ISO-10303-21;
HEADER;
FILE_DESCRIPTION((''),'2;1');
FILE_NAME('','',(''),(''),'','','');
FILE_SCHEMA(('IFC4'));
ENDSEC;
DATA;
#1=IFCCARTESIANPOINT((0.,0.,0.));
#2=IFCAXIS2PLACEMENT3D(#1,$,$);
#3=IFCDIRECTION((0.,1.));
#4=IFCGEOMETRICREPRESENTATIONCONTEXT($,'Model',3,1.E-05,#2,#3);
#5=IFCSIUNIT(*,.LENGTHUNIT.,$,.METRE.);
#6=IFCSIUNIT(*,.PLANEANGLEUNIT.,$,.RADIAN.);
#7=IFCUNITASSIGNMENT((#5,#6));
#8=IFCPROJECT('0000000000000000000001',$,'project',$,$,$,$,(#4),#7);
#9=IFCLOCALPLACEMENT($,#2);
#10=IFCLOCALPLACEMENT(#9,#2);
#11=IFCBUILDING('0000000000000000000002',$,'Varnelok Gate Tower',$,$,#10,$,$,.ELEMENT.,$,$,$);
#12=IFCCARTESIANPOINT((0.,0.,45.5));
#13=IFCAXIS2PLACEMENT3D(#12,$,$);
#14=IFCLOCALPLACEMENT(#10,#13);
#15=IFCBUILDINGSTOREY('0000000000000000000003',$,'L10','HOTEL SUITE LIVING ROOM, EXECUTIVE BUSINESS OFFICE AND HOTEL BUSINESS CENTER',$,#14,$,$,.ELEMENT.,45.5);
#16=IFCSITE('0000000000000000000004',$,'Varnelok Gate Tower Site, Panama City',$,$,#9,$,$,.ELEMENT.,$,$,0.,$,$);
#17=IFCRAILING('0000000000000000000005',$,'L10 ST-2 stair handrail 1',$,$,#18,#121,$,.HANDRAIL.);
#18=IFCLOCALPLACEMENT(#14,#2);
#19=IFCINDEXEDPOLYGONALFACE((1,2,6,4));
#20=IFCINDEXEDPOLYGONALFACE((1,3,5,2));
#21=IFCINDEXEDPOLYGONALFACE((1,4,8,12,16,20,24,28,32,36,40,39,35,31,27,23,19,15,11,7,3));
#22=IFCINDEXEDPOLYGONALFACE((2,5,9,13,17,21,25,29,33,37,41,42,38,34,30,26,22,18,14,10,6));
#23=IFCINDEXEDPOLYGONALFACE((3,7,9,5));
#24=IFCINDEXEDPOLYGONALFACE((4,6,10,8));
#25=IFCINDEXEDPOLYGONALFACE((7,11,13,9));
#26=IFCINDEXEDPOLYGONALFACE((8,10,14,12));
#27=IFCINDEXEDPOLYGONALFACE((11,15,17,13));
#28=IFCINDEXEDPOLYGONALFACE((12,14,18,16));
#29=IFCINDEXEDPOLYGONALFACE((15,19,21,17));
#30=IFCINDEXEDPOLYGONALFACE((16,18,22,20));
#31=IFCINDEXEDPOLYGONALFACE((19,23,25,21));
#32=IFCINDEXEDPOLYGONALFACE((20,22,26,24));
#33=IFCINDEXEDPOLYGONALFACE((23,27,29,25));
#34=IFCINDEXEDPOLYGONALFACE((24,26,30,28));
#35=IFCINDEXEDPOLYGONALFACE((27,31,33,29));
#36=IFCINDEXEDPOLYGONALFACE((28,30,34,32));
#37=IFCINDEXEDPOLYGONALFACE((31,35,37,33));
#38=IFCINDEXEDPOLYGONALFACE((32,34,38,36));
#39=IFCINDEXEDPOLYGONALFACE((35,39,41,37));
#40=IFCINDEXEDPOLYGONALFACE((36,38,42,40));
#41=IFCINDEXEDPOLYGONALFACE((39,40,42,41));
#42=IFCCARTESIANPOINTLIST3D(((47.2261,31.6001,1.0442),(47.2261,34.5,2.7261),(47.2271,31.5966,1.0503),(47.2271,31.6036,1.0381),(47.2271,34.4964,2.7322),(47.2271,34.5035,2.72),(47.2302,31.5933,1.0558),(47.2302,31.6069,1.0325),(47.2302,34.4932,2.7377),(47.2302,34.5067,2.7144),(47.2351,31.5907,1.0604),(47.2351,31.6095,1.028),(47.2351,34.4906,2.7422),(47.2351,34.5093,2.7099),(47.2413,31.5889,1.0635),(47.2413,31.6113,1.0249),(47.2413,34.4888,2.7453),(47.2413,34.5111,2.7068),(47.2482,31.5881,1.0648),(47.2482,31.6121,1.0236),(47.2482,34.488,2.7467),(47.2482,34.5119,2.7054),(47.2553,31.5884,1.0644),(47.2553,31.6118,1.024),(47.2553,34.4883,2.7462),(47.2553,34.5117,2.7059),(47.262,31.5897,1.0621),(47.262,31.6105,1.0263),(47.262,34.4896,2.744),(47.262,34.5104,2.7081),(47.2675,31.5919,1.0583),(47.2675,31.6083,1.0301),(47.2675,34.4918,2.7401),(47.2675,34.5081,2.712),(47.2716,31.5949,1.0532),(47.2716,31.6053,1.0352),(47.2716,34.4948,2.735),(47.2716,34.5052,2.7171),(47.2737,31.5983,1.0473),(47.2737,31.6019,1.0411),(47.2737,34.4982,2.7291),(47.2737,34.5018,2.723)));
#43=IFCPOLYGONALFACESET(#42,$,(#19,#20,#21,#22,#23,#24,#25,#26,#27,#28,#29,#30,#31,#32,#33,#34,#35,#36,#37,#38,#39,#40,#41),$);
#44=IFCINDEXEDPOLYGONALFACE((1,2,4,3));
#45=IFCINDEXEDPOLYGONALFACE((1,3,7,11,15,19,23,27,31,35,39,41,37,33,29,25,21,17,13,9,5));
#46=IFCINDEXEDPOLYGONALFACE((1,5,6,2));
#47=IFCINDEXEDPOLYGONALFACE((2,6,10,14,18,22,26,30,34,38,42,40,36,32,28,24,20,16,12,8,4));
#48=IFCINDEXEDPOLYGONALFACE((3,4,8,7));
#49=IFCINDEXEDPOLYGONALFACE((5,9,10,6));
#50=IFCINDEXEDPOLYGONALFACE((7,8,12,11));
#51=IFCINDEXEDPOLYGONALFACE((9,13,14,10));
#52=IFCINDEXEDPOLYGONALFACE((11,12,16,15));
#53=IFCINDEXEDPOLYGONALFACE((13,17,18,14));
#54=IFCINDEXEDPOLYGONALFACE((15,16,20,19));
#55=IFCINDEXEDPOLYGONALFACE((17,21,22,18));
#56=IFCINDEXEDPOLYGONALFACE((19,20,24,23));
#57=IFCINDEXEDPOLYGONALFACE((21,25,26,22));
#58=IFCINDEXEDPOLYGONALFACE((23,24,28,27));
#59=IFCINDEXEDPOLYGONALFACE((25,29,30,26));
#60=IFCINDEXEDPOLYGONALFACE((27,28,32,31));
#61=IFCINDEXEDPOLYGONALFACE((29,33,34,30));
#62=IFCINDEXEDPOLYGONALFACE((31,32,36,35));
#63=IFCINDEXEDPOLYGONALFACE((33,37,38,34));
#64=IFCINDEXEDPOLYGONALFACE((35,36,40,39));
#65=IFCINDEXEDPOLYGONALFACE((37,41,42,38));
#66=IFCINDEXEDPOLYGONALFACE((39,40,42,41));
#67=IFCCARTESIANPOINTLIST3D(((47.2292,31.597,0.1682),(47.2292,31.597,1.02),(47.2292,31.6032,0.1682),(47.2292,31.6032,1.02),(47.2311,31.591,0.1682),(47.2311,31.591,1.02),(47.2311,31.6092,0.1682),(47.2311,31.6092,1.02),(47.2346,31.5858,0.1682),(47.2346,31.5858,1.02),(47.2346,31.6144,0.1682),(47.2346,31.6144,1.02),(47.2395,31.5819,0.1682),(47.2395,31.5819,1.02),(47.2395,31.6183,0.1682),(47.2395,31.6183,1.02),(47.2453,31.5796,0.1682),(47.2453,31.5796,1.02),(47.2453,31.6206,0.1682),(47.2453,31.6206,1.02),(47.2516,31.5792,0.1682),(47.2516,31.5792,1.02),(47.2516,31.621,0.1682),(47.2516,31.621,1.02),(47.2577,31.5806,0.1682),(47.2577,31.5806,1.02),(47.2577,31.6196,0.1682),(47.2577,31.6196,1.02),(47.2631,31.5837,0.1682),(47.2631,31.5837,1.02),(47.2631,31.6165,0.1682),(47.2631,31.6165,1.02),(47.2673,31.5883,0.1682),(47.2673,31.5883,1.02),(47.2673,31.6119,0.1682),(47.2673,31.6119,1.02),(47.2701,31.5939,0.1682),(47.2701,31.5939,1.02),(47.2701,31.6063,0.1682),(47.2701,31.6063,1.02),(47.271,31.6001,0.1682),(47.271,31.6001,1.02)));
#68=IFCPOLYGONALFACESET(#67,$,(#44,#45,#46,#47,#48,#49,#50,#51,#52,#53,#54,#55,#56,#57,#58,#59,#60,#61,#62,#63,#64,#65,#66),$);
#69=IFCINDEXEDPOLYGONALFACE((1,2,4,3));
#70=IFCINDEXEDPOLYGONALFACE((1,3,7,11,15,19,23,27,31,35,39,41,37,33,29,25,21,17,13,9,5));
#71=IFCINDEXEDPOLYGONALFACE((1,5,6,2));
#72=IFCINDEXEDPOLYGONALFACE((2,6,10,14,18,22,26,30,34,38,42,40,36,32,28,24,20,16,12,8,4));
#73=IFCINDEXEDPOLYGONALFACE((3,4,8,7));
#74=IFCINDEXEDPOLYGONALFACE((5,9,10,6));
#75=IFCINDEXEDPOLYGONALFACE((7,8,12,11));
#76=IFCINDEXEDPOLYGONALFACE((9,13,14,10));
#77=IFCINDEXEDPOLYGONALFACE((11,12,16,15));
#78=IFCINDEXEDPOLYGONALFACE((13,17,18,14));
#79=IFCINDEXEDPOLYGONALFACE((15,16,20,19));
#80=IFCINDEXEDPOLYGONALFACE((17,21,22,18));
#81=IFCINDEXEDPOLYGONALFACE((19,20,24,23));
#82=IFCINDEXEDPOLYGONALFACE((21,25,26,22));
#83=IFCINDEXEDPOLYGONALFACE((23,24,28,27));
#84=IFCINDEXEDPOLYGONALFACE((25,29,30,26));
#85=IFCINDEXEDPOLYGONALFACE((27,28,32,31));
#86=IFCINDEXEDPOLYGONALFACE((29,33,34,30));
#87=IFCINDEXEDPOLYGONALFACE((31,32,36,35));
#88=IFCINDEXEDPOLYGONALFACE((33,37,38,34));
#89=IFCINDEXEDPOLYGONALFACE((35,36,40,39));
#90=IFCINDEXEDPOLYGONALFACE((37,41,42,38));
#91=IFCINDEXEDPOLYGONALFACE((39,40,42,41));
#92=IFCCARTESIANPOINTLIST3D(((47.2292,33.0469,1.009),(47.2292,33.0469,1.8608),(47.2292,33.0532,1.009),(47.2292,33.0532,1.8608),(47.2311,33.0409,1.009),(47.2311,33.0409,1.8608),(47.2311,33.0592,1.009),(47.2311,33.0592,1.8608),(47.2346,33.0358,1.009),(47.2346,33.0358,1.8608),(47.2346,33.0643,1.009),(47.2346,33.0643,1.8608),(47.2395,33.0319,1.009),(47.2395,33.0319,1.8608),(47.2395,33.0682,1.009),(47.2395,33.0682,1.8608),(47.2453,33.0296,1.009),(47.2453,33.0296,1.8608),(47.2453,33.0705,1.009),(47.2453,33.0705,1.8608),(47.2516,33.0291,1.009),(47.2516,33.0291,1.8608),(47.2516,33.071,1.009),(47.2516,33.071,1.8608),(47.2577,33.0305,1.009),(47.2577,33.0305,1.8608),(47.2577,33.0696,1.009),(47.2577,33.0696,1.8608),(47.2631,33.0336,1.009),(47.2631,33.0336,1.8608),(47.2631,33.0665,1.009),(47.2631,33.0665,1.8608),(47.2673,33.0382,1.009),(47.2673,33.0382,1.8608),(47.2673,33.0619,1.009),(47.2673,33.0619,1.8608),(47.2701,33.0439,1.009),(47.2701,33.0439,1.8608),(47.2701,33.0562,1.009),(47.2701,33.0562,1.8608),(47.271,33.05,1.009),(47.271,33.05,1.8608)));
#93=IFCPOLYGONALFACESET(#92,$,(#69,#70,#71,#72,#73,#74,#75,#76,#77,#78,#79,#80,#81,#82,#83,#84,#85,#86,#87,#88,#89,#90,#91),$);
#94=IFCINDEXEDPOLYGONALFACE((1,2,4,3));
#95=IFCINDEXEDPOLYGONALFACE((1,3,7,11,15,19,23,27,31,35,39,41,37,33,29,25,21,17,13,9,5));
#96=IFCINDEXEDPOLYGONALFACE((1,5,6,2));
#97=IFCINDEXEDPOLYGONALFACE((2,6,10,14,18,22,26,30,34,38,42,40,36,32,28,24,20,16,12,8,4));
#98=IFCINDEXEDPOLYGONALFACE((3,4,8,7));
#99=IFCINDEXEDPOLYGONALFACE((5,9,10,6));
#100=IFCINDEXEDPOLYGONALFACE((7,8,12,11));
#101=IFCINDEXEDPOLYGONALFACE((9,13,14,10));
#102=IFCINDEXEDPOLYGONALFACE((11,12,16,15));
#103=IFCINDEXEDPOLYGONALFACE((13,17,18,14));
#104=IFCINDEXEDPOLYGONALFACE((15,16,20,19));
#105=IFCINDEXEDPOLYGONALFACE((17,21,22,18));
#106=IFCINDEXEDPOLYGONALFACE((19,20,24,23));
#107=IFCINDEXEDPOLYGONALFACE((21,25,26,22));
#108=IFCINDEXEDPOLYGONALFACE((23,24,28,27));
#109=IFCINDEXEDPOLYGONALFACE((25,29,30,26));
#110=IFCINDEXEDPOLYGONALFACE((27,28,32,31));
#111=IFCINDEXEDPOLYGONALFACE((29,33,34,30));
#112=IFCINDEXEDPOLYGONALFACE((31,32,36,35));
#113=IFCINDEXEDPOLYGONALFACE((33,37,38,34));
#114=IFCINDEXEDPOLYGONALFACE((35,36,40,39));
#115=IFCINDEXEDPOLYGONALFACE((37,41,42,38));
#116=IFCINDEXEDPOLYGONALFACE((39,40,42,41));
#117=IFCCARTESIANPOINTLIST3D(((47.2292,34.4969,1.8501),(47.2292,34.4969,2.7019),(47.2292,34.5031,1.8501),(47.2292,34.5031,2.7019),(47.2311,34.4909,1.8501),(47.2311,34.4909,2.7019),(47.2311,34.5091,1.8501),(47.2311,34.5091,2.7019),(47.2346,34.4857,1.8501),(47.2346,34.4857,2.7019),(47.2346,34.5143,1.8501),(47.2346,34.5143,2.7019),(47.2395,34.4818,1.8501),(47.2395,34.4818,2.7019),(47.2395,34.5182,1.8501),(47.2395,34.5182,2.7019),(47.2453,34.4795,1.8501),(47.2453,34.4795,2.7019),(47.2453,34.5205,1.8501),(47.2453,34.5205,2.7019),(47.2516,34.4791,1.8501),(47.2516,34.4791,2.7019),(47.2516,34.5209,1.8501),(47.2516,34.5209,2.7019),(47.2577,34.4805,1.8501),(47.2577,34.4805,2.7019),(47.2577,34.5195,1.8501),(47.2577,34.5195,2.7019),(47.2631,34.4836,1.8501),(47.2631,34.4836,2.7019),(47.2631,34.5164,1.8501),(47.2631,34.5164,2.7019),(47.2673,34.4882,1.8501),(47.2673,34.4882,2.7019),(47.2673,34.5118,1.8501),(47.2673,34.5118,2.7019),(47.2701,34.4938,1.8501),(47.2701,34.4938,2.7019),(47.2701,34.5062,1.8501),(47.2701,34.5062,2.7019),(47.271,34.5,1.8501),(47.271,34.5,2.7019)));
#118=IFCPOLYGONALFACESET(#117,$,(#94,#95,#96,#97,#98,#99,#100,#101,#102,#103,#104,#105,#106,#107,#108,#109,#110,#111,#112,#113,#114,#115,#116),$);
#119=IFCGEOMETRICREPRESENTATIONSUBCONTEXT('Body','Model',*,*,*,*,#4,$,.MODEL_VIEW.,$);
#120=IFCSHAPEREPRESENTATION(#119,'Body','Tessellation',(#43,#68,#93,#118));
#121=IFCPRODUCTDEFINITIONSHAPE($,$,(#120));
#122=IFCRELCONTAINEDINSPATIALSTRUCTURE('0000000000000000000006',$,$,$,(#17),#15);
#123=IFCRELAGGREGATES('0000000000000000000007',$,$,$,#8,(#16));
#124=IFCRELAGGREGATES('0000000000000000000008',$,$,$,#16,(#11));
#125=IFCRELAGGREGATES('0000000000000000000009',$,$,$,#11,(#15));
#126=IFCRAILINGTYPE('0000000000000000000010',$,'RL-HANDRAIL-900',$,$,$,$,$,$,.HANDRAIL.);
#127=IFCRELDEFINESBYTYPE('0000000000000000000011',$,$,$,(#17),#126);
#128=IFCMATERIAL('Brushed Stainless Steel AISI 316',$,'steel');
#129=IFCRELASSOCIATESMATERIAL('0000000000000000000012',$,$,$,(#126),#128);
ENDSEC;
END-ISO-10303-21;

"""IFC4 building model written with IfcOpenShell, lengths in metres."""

from ifc_helpers import new_model, si_unit, direction, frame, origin, origin_2d, place, context, subcontext, project, spatial, circle, extrude, material, type_object, element, save


model = new_model("IFC4")

# Units and contexts
model_context = context("Model", 3, precision=1e-05, world=origin(), true_north=direction((0.0, 1.0)))
body_context = subcontext(model_context, "Body", "Model", "MODEL_VIEW")
ifc_project = project(units=[si_unit("LENGTHUNIT", "METRE"), si_unit("PLANEANGLEUNIT", "RADIAN")], contexts=[model_context])

# Site, building, storey
site_placement = place(None, origin())
site = spatial("IfcSite", under=ifc_project, at=site_placement, Name="Varnelok Gate Tower Site, Panama City", CompositionType="ELEMENT", RefElevation=0.0)
building_placement = place(site_placement, origin())
building = spatial("IfcBuilding", under=site, at=building_placement, Name="Varnelok Gate Tower", CompositionType="ELEMENT")
storey_placement = place(building_placement, frame((0.0, 0.0, 45.5)))
storey = spatial("IfcBuildingStorey", under=building, at=storey_placement, Name="L10", Description="HOTEL SUITE LIVING ROOM, EXECUTIVE BUSINESS OFFICE AND HOTEL BUSINESS CENTER", CompositionType="ELEMENT", Elevation=45.5)

# Railing
ifc_material_1 = material(Name="Brushed Stainless Steel AISI 316", Category="steel")
railing_type = type_object("IfcRailingType", Name="RL-HANDRAIL-900", PredefinedType="HANDRAIL", material=ifc_material_1)
railing_placement = place(storey_placement, frame((47.25, 31.6001, 0.1682)))
element("IfcRailing", 1, at=railing_placement, inside=storey, type_object=railing_type, Name="L10 ST-2 stair handrail 1", PredefinedType="HANDRAIL", context=body_context, shape_type="SweptSolid", body=[
    extrude(circle(Radius=0.0239, at=origin_2d()), frame((0.0, 0.0, 0.876), z_axis=(0.0, 0.865039, 0.501705), x_axis=(-1.0, 0.0, 0.0)), (0.0, 0.0, 1.0), 3.3523),
    extrude(circle(Radius=0.021, at=origin_2d()), origin(), (0.0, 0.0, 1.0), 0.8518),
    extrude(circle(Radius=0.021, at=origin_2d()), frame((0.0, 1.45, 0.8408)), (0.0, 0.0, 1.0), 0.8518),
    extrude(circle(Radius=0.021, at=origin_2d()), frame((0.0, 2.8999, 1.6819)), (0.0, 0.0, 1.0), 0.8518),
])

save(model, "model.ifc")
